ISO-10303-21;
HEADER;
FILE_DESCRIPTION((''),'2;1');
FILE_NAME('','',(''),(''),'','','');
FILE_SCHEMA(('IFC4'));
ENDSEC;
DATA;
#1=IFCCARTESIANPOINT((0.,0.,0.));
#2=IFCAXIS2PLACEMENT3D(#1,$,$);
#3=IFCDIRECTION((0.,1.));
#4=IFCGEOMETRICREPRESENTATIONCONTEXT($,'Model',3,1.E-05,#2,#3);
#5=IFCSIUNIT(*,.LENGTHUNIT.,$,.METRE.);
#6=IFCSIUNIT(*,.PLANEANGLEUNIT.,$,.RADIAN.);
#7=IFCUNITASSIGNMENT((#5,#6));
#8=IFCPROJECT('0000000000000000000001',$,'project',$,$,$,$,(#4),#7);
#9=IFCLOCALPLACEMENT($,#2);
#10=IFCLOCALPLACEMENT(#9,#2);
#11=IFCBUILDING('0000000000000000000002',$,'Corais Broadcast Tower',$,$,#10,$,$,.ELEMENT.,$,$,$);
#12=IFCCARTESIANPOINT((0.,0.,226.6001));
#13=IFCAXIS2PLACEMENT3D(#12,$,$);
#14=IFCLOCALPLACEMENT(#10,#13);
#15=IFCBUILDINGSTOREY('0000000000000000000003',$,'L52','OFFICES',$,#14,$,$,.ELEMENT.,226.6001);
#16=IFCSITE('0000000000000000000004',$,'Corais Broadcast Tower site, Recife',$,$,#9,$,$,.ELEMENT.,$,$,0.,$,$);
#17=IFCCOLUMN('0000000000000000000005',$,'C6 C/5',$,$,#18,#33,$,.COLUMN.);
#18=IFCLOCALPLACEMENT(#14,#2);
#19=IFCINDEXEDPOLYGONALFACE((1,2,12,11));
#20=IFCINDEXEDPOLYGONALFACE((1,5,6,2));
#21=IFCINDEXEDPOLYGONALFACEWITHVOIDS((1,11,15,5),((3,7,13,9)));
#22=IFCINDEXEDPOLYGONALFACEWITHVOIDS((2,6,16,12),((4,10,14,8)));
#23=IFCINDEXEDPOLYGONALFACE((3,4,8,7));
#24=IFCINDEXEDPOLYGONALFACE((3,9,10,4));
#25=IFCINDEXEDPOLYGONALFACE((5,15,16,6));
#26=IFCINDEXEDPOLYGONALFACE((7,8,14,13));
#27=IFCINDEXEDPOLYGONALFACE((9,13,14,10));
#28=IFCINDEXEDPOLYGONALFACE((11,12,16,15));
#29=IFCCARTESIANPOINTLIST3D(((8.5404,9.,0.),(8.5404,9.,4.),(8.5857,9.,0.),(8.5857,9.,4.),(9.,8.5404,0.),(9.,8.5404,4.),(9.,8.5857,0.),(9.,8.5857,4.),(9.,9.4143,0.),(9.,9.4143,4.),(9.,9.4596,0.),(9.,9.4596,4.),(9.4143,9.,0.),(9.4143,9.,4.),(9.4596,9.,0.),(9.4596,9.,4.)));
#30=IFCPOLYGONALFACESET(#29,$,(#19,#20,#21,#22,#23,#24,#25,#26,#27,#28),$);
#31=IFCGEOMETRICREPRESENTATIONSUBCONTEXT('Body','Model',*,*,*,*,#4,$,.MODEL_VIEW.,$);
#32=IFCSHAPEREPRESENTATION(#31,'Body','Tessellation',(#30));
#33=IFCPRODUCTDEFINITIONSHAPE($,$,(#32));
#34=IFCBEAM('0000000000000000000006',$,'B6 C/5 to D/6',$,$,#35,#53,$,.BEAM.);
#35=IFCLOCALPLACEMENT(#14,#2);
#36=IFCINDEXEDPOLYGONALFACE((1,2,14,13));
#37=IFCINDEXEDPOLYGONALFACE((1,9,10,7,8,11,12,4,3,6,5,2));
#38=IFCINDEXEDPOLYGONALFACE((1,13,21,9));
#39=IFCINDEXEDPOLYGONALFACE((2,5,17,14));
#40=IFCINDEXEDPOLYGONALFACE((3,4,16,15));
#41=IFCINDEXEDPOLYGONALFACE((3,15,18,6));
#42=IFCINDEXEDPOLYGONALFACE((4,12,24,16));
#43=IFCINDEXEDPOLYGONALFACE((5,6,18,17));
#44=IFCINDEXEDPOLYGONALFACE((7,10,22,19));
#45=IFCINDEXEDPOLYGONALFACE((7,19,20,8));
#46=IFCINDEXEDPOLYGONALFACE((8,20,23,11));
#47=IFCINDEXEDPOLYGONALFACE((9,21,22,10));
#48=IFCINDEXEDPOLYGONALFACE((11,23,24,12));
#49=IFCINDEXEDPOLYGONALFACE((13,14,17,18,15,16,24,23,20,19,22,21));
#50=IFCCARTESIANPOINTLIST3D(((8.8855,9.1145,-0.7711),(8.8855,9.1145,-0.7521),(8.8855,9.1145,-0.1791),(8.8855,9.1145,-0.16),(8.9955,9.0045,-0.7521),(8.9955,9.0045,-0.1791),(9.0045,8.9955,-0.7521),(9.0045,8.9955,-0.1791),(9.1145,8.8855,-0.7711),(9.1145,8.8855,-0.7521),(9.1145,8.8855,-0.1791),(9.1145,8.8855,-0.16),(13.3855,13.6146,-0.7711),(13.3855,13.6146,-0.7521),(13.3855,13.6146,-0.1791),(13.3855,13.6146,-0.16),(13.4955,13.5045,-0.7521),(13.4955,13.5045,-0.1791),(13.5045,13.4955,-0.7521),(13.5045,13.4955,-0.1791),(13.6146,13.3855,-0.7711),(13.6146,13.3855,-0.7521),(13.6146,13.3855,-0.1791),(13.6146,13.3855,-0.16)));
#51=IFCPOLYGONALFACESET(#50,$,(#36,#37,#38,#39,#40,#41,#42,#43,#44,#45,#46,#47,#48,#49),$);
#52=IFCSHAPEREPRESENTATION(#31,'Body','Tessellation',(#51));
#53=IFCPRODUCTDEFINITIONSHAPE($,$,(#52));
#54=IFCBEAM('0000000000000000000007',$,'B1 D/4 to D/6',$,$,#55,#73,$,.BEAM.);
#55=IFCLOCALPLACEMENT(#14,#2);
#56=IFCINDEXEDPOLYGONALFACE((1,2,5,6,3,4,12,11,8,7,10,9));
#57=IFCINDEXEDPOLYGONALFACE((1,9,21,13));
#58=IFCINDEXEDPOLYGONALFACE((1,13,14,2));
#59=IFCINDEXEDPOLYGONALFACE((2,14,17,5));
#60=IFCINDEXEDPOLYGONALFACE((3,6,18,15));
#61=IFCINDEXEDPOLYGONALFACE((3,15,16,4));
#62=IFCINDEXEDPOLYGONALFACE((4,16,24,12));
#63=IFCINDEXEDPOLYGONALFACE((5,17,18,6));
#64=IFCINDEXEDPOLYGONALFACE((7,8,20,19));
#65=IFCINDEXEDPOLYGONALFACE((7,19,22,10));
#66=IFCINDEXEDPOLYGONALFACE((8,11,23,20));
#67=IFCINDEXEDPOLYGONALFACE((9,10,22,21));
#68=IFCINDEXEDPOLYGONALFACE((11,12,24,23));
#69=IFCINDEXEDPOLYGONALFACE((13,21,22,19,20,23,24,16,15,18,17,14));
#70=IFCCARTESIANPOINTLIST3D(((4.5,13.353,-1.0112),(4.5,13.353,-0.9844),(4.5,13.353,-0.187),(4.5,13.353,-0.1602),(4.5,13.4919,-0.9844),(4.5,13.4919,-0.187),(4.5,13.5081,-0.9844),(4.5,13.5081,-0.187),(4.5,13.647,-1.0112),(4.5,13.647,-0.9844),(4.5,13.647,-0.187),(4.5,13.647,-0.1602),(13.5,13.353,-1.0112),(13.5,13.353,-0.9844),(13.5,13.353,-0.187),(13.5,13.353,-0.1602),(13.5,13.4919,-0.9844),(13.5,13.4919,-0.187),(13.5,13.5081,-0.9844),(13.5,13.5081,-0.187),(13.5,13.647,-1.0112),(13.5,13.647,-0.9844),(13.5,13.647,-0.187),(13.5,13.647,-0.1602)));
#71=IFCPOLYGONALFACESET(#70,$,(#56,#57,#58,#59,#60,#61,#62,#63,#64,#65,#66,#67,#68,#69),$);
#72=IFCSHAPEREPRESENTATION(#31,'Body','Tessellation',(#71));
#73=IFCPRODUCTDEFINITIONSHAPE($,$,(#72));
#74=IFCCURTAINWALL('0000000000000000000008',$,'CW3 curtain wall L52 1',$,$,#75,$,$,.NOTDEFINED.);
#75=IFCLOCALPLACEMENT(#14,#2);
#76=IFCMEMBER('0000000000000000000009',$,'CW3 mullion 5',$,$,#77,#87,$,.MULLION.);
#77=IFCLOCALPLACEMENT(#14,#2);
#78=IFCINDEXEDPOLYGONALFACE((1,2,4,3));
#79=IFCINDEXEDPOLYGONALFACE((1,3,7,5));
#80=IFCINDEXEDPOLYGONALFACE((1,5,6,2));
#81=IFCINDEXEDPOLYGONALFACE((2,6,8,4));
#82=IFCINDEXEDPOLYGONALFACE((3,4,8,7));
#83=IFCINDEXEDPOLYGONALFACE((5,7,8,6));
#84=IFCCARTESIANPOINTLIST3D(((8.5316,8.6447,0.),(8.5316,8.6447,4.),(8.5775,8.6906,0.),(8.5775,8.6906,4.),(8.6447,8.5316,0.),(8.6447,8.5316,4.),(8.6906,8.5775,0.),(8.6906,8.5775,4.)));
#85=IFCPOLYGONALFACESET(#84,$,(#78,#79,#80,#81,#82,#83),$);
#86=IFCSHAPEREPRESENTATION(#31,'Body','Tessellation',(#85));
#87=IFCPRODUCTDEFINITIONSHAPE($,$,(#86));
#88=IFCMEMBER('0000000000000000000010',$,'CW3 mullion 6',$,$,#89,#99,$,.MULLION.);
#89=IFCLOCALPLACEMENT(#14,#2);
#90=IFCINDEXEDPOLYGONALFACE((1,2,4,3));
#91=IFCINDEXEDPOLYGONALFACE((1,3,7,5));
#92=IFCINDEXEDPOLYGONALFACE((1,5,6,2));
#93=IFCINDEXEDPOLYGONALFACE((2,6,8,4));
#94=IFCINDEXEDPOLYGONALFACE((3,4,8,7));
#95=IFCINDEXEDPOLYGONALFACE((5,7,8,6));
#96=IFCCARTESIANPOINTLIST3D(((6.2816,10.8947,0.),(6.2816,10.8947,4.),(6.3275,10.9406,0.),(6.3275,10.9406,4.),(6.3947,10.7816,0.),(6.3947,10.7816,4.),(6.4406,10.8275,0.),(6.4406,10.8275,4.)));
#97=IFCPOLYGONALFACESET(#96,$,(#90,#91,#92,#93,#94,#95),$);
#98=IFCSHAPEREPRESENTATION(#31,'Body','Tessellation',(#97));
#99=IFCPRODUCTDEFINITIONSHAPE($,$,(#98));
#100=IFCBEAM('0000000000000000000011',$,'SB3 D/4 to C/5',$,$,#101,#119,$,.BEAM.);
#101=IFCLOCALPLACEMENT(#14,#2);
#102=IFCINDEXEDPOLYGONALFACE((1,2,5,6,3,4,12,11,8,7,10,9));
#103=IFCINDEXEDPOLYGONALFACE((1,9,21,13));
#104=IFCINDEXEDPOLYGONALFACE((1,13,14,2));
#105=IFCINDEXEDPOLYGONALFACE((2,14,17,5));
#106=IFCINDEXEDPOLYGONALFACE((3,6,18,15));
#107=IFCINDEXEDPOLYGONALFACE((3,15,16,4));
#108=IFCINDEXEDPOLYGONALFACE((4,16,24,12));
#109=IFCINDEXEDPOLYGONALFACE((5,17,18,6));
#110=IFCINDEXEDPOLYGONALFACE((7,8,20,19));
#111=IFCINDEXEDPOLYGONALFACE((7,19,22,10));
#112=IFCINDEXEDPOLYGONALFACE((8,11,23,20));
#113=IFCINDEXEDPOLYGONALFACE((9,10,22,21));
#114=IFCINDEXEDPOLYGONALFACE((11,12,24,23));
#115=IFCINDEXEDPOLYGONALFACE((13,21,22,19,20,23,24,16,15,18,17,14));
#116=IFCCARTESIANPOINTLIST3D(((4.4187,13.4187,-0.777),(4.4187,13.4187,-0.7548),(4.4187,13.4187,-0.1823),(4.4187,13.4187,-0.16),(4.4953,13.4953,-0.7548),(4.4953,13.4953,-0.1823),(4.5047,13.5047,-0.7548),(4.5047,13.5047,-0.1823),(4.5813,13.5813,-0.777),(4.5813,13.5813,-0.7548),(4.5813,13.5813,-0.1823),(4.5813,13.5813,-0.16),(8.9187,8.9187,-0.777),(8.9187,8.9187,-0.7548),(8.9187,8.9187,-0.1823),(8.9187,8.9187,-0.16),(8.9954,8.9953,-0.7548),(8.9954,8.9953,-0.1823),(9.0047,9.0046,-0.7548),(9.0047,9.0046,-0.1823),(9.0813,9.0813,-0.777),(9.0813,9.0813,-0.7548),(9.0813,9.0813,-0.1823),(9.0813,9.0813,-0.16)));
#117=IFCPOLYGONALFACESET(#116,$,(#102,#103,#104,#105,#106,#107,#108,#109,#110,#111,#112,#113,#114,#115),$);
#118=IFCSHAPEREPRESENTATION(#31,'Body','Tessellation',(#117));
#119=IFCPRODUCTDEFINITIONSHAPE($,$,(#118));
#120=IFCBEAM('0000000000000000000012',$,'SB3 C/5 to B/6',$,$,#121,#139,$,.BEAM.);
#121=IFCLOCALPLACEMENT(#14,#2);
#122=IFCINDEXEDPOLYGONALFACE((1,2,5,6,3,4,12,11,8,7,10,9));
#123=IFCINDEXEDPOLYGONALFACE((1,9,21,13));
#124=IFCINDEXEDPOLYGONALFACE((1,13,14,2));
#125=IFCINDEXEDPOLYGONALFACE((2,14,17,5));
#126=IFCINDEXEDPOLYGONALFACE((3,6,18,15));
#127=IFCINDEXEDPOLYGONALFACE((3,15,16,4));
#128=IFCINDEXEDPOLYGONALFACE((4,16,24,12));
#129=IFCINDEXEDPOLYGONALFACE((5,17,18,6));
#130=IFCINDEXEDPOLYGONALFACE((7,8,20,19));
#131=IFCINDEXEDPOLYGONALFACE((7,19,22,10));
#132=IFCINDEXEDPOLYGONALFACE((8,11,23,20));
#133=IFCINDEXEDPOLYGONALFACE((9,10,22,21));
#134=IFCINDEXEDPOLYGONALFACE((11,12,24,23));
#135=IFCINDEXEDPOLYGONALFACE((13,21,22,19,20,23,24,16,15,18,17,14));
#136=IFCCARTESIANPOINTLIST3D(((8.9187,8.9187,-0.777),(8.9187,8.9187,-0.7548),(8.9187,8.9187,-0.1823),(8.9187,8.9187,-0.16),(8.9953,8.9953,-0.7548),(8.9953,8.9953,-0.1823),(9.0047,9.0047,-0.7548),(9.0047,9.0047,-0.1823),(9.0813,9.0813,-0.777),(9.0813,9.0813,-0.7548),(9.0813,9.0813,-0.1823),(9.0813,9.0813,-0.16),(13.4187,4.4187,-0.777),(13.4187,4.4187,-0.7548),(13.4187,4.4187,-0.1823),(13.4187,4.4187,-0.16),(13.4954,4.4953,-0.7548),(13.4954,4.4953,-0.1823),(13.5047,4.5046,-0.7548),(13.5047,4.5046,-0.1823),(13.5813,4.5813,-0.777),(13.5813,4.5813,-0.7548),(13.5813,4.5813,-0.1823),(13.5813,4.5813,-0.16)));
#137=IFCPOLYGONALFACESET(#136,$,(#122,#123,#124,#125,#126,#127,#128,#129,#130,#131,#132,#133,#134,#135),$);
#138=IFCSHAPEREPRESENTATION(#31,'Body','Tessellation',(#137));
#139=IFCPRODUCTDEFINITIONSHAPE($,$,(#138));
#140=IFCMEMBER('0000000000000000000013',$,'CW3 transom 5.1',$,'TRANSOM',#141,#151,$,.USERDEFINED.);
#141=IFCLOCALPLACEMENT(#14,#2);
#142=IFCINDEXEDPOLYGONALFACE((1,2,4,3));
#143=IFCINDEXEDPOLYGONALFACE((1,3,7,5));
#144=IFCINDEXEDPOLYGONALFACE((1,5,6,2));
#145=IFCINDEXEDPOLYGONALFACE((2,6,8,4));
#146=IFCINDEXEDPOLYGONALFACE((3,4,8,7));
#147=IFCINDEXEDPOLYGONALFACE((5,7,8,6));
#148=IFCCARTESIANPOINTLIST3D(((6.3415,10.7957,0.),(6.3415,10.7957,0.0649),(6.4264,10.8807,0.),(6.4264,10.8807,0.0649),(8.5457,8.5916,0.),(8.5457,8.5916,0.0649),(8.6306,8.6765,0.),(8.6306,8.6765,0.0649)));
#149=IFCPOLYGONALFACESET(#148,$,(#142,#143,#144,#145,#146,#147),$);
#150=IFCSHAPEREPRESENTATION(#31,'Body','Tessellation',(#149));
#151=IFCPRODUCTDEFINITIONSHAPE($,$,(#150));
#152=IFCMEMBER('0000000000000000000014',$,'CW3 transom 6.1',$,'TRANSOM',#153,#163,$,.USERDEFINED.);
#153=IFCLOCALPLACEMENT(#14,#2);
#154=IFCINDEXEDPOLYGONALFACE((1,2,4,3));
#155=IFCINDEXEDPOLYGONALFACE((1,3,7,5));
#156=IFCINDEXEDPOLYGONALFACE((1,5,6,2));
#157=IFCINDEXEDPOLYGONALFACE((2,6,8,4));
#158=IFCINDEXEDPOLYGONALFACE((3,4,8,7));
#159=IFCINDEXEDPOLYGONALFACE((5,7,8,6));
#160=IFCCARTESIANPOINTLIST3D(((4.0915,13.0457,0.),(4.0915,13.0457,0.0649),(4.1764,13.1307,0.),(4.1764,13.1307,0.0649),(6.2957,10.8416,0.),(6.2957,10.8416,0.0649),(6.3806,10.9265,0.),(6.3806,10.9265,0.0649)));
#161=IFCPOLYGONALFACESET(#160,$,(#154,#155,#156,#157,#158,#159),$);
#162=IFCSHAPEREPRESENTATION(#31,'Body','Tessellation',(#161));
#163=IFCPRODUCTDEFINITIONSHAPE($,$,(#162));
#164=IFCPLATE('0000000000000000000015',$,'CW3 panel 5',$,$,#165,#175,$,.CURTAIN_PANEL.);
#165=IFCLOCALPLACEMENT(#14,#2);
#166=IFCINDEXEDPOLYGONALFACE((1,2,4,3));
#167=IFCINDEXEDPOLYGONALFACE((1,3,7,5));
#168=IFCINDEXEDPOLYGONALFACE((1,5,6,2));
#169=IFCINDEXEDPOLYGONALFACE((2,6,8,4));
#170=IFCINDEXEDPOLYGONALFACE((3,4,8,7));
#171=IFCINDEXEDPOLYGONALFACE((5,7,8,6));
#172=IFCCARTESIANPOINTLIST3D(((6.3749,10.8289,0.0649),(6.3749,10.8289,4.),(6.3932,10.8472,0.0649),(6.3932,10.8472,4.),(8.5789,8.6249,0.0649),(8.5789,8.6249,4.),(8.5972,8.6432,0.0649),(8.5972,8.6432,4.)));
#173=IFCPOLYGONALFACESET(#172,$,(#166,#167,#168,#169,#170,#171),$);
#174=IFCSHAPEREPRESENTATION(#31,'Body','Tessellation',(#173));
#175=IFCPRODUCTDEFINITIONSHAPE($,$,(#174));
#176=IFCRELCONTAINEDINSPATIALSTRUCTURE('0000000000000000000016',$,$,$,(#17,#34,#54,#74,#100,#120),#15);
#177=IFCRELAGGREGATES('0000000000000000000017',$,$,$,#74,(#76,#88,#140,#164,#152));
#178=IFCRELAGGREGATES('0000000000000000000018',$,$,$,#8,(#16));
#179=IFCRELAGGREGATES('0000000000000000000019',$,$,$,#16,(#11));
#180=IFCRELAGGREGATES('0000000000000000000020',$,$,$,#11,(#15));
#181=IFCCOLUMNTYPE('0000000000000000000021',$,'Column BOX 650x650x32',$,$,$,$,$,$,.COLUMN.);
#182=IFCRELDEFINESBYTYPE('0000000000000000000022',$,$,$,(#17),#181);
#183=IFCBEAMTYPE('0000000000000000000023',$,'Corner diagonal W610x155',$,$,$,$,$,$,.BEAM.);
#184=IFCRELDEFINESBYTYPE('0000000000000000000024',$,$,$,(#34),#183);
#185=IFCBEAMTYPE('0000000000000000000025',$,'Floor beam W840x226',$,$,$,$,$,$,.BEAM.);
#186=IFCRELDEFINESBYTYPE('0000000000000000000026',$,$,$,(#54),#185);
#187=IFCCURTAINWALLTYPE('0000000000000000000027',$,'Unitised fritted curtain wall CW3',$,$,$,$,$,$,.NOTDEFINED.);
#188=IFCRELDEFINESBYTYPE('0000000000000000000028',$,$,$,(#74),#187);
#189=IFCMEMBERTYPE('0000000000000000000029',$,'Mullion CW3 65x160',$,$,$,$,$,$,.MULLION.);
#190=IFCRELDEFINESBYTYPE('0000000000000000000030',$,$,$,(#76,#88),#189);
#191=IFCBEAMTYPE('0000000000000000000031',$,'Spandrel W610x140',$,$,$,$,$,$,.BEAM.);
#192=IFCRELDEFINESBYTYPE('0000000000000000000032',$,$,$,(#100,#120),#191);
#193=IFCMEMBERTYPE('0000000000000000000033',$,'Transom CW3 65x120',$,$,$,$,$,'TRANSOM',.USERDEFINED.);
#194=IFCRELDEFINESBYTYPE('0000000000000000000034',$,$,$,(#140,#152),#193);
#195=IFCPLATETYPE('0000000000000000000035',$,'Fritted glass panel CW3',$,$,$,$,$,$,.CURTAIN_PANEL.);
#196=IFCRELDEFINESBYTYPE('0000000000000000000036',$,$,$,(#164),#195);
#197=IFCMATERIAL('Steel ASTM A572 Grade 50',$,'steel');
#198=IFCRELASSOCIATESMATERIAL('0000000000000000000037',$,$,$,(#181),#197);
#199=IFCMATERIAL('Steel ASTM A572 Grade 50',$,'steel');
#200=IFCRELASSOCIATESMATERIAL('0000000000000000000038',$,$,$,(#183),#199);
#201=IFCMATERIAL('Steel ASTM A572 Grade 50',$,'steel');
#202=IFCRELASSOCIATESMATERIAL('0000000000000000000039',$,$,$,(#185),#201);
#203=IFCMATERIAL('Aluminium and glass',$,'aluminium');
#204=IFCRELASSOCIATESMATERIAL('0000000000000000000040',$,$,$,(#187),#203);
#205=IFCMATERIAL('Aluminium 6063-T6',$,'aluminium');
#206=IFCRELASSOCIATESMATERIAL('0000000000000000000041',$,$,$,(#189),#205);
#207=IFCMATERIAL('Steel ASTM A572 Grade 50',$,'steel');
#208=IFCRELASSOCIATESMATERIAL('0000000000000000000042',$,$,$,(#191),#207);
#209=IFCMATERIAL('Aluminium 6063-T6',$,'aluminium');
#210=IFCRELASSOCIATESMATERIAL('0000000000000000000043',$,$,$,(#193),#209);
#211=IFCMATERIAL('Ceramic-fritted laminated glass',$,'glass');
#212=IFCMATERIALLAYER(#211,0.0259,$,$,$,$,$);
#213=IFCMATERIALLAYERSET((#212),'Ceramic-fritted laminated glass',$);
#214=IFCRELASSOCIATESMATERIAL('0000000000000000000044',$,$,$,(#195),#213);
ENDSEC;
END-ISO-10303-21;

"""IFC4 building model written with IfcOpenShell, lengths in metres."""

from ifc_helpers import new_model, si_unit, direction, frame, origin, origin_2d, place, context, subcontext, project, spatial, rectangle, hollow_rectangle, i_section, extrude, material, layer, layer_set, material_profile, profile_set, type_object, element, aggregate, save


model = new_model("IFC4")

# Units and contexts
model_context = context("Model", 3, precision=1e-05, world=origin(), true_north=direction((0.0, 1.0)))
body_context = subcontext(model_context, "Body", "Model", "MODEL_VIEW")
ifc_project = project(units=[si_unit("LENGTHUNIT", "METRE"), si_unit("PLANEANGLEUNIT", "RADIAN")], contexts=[model_context])

# Site, building, storey
site_placement = place(None, origin())
site = spatial("IfcSite", under=ifc_project, at=site_placement, Name="Corais Broadcast Tower site, Recife", CompositionType="ELEMENT", RefElevation=0.0)
building_placement = place(site_placement, origin())
building = spatial("IfcBuilding", under=site, at=building_placement, Name="Corais Broadcast Tower", CompositionType="ELEMENT")
storey_placement = place(building_placement, frame((0.0, 0.0, 226.6001)))
storey = spatial("IfcBuildingStorey", under=building, at=storey_placement, Name="L52", Description="OFFICES", CompositionType="ELEMENT", Elevation=226.6001)

# Column
ifc_material_1 = material(Name="Steel ASTM A572 Grade 50", Category="steel")
ifc_material_profile_1 = material_profile(ifc_material_1, hollow_rectangle(XDim=0.6499, YDim=0.6499, WallThickness=0.032, at=origin_2d()), Name="BOX 650x650x32")
ifc_profile_set_1 = profile_set([ifc_material_profile_1], Name="Steel ASTM A572 Grade 50")
column_type = type_object("IfcColumnType", Name="Column BOX 650x650x32", PredefinedType="COLUMN", material=ifc_profile_set_1)
column_placement = place(storey_placement, frame((9.0, 9.0, 0.0), z_axis=(0.0, 0.0, 1.0), x_axis=(0.707107, 0.707107, 0.0)))
element("IfcColumn", 1, at=column_placement, inside=storey, type_object=column_type, Name="C6 C/5", PredefinedType="COLUMN", context=body_context, shape_type="SweptSolid", body=[
    extrude(hollow_rectangle(XDim=0.6499, YDim=0.6499, WallThickness=0.032, at=origin_2d()), origin(), (0.0, 0.0, 1.0), 4.0),
])

# Beams
ifc_material_2 = material(Name="Steel ASTM A572 Grade 50", Category="steel")
ifc_material_profile_2 = material_profile(ifc_material_2, i_section(OverallWidth=0.324, OverallDepth=0.6111, WebThickness=0.0127, FlangeThickness=0.019, at=origin_2d()), Name="W610x155")
ifc_profile_set_2 = profile_set([ifc_material_profile_2], Name="Steel ASTM A572 Grade 50")
beam_type_1 = type_object("IfcBeamType", Name="Corner diagonal W610x155", PredefinedType="BEAM", material=ifc_profile_set_2)
beam_1_placement = place(storey_placement, frame((9.0, 9.0, -0.4656), z_axis=(0.707107, 0.707107, 0.0), x_axis=(-0.707107, 0.707107, 0.0)))
element("IfcBeam", 2, at=beam_1_placement, inside=storey, type_object=beam_type_1, Name="B6 C/5 to D/6", PredefinedType="BEAM", context=body_context, shape_type="SweptSolid", body=[
    extrude(i_section(OverallWidth=0.324, OverallDepth=0.6111, WebThickness=0.0127, FlangeThickness=0.019, at=origin_2d()), origin(), (0.0, 0.0, 1.0), 6.364),
])
ifc_material_3 = material(Name="Steel ASTM A572 Grade 50", Category="steel")
ifc_material_profile_3 = material_profile(ifc_material_3, i_section(OverallWidth=0.2939, OverallDepth=0.8511, WebThickness=0.0161, FlangeThickness=0.0269, at=origin_2d()), Name="W840x226")
ifc_profile_set_3 = profile_set([ifc_material_profile_3], Name="Steel ASTM A572 Grade 50")
beam_type_2 = type_object("IfcBeamType", Name="Floor beam W840x226", PredefinedType="BEAM", material=ifc_profile_set_3)
beam_2_placement = place(storey_placement, frame((4.5, 13.5, -0.5857), z_axis=(1.0, 0.0, 0.0), x_axis=(0.0, 1.0, 0.0)))
element("IfcBeam", 3, at=beam_2_placement, inside=storey, type_object=beam_type_2, Name="B1 D/4 to D/6", PredefinedType="BEAM", context=body_context, shape_type="SweptSolid", body=[
    extrude(i_section(OverallWidth=0.2939, OverallDepth=0.8511, WebThickness=0.0161, FlangeThickness=0.0269, at=origin_2d()), origin(), (0.0, 0.0, 1.0), 9.0),
])

# Curtain wall, members
ifc_material_4 = material(Name="Aluminium and glass", Category="aluminium")
curtain_wall_type = type_object("IfcCurtainWallType", Name="Unitised fritted curtain wall CW3", PredefinedType="NOTDEFINED", material=ifc_material_4)
curtain_wall_placement = place(storey_placement, origin())
curtain_wall = element("IfcCurtainWall", 4, at=curtain_wall_placement, inside=storey, type_object=curtain_wall_type, Name="CW3 curtain wall L52 1", PredefinedType="NOTDEFINED")
ifc_material_5 = material(Name="Aluminium 6063-T6", Category="aluminium")
ifc_material_profile_4 = material_profile(ifc_material_5, rectangle(XDim=0.0649, YDim=0.1599, at=origin_2d()), Name="Mullion CW3 65x160")
ifc_profile_set_4 = profile_set([ifc_material_profile_4], Name="Aluminium 6063-T6")
member_type_1 = type_object("IfcMemberType", Name="Mullion CW3 65x160", PredefinedType="MULLION", material=ifc_profile_set_4)
member_1_placement = place(storey_placement, frame((8.6111, 8.6111, 0.0), z_axis=(0.0, 0.0, 1.0), x_axis=(-0.707107, -0.707107, 0.0)))
member_1 = element("IfcMember", 5, at=member_1_placement, type_object=member_type_1, Name="CW3 mullion 5", PredefinedType="MULLION", context=body_context, shape_type="SweptSolid", body=[
    extrude(rectangle(XDim=0.0649, YDim=0.1599, at=origin_2d()), origin(), (0.0, 0.0, 1.0), 4.0),
])
member_2_placement = place(storey_placement, frame((6.3611, 10.8611, 0.0), z_axis=(0.0, 0.0, 1.0), x_axis=(-0.707107, -0.707107, 0.0)))
member_2 = element("IfcMember", 6, at=member_2_placement, type_object=member_type_1, Name="CW3 mullion 6", PredefinedType="MULLION", context=body_context, shape_type="SweptSolid", body=[
    extrude(rectangle(XDim=0.0649, YDim=0.1599, at=origin_2d()), origin(), (0.0, 0.0, 1.0), 4.0),
])

# Beams
ifc_material_6 = material(Name="Steel ASTM A572 Grade 50", Category="steel")
ifc_material_profile_5 = material_profile(ifc_material_6, i_section(OverallWidth=0.23, OverallDepth=0.6169, WebThickness=0.0132, FlangeThickness=0.0222, at=origin_2d()), Name="W610x140")
ifc_profile_set_5 = profile_set([ifc_material_profile_5], Name="Steel ASTM A572 Grade 50")
beam_type_3 = type_object("IfcBeamType", Name="Spandrel W610x140", PredefinedType="BEAM", material=ifc_profile_set_5)
for number, where, z_axis, x_axis, name in (
    (7, (4.5, 13.5, -0.4685), (0.707107, -0.707107, 0.0), (0.707107, 0.707107, 0.0), "SB3 D/4 to C/5"),
    (8, (9.0, 9.0, -0.4685), (0.707107, -0.707107, 0.0), (0.707107, 0.707107, 0.0), "SB3 C/5 to B/6"),
):
    element("IfcBeam", number, at=place(storey_placement, frame(where, z_axis=z_axis, x_axis=x_axis)), inside=storey, type_object=beam_type_3, Name=name, PredefinedType="BEAM", context=body_context, shape_type="SweptSolid", body=[
        extrude(i_section(OverallWidth=0.23, OverallDepth=0.6169, WebThickness=0.0132, FlangeThickness=0.0222, at=origin_2d()), origin(), (0.0, 0.0, 1.0), 6.364),
    ])

# Members
ifc_material_7 = material(Name="Aluminium 6063-T6", Category="aluminium")
ifc_material_profile_6 = material_profile(ifc_material_7, rectangle(XDim=0.1201, YDim=0.0649, at=origin_2d()), Name="Transom CW3 65x120")
ifc_profile_set_6 = profile_set([ifc_material_profile_6], Name="Aluminium 6063-T6")
member_type_2 = type_object("IfcMemberType", Name="Transom CW3 65x120", ElementType="TRANSOM", PredefinedType="USERDEFINED", material=ifc_profile_set_6)
member_3_placement = place(storey_placement, frame((8.5881, 8.634, 0.0325), z_axis=(-0.707107, 0.707107, 0.0), x_axis=(-0.707107, -0.707107, 0.0)))
member_3 = element("IfcMember", 9, at=member_3_placement, type_object=member_type_2, Name="CW3 transom 5.1", ObjectType="TRANSOM", PredefinedType="USERDEFINED", context=body_context, shape_type="SweptSolid", body=[
    extrude(rectangle(XDim=0.1201, YDim=0.0649, at=origin_2d()), origin(), (0.0, 0.0, 1.0), 3.1172),
])
member_4_placement = place(storey_placement, frame((6.3381, 10.884, 0.0325), z_axis=(-0.707107, 0.707107, 0.0), x_axis=(-0.707107, -0.707107, 0.0)))
member_4 = element("IfcMember", 10, at=member_4_placement, type_object=member_type_2, Name="CW3 transom 6.1", ObjectType="TRANSOM", PredefinedType="USERDEFINED", context=body_context, shape_type="SweptSolid", body=[
    extrude(rectangle(XDim=0.1201, YDim=0.0649, at=origin_2d()), origin(), (0.0, 0.0, 1.0), 3.1172),
])

# Plate
ifc_material_8 = material(Name="Ceramic-fritted laminated glass", Category="glass")
ifc_layer_1 = layer(ifc_material_8, 0.0259)
ifc_layer_set_1 = layer_set([ifc_layer_1], Name="Ceramic-fritted laminated glass")
plate_type_1 = type_object("IfcPlateType", Name="Fritted glass panel CW3", PredefinedType="CURTAIN_PANEL", material=ifc_layer_set_1)
plate_1_placement = place(storey_placement, frame((7.4861, 9.7361, 0.0649), z_axis=(0.0, 0.0, 1.0), x_axis=(-0.707107, 0.707107, 0.0)))
plate_1 = element("IfcPlate", 11, at=plate_1_placement, type_object=plate_type_1, Name="CW3 panel 5", PredefinedType="CURTAIN_PANEL", context=body_context, shape_type="SweptSolid", body=[
    extrude(rectangle(XDim=3.1169, YDim=0.0259, at=origin_2d()), origin(), (0.0, 0.0, 1.0), 3.9351),
])
aggregate(curtain_wall, [member_1, member_2, member_3, plate_1, member_4])

save(model, "model.ifc")
